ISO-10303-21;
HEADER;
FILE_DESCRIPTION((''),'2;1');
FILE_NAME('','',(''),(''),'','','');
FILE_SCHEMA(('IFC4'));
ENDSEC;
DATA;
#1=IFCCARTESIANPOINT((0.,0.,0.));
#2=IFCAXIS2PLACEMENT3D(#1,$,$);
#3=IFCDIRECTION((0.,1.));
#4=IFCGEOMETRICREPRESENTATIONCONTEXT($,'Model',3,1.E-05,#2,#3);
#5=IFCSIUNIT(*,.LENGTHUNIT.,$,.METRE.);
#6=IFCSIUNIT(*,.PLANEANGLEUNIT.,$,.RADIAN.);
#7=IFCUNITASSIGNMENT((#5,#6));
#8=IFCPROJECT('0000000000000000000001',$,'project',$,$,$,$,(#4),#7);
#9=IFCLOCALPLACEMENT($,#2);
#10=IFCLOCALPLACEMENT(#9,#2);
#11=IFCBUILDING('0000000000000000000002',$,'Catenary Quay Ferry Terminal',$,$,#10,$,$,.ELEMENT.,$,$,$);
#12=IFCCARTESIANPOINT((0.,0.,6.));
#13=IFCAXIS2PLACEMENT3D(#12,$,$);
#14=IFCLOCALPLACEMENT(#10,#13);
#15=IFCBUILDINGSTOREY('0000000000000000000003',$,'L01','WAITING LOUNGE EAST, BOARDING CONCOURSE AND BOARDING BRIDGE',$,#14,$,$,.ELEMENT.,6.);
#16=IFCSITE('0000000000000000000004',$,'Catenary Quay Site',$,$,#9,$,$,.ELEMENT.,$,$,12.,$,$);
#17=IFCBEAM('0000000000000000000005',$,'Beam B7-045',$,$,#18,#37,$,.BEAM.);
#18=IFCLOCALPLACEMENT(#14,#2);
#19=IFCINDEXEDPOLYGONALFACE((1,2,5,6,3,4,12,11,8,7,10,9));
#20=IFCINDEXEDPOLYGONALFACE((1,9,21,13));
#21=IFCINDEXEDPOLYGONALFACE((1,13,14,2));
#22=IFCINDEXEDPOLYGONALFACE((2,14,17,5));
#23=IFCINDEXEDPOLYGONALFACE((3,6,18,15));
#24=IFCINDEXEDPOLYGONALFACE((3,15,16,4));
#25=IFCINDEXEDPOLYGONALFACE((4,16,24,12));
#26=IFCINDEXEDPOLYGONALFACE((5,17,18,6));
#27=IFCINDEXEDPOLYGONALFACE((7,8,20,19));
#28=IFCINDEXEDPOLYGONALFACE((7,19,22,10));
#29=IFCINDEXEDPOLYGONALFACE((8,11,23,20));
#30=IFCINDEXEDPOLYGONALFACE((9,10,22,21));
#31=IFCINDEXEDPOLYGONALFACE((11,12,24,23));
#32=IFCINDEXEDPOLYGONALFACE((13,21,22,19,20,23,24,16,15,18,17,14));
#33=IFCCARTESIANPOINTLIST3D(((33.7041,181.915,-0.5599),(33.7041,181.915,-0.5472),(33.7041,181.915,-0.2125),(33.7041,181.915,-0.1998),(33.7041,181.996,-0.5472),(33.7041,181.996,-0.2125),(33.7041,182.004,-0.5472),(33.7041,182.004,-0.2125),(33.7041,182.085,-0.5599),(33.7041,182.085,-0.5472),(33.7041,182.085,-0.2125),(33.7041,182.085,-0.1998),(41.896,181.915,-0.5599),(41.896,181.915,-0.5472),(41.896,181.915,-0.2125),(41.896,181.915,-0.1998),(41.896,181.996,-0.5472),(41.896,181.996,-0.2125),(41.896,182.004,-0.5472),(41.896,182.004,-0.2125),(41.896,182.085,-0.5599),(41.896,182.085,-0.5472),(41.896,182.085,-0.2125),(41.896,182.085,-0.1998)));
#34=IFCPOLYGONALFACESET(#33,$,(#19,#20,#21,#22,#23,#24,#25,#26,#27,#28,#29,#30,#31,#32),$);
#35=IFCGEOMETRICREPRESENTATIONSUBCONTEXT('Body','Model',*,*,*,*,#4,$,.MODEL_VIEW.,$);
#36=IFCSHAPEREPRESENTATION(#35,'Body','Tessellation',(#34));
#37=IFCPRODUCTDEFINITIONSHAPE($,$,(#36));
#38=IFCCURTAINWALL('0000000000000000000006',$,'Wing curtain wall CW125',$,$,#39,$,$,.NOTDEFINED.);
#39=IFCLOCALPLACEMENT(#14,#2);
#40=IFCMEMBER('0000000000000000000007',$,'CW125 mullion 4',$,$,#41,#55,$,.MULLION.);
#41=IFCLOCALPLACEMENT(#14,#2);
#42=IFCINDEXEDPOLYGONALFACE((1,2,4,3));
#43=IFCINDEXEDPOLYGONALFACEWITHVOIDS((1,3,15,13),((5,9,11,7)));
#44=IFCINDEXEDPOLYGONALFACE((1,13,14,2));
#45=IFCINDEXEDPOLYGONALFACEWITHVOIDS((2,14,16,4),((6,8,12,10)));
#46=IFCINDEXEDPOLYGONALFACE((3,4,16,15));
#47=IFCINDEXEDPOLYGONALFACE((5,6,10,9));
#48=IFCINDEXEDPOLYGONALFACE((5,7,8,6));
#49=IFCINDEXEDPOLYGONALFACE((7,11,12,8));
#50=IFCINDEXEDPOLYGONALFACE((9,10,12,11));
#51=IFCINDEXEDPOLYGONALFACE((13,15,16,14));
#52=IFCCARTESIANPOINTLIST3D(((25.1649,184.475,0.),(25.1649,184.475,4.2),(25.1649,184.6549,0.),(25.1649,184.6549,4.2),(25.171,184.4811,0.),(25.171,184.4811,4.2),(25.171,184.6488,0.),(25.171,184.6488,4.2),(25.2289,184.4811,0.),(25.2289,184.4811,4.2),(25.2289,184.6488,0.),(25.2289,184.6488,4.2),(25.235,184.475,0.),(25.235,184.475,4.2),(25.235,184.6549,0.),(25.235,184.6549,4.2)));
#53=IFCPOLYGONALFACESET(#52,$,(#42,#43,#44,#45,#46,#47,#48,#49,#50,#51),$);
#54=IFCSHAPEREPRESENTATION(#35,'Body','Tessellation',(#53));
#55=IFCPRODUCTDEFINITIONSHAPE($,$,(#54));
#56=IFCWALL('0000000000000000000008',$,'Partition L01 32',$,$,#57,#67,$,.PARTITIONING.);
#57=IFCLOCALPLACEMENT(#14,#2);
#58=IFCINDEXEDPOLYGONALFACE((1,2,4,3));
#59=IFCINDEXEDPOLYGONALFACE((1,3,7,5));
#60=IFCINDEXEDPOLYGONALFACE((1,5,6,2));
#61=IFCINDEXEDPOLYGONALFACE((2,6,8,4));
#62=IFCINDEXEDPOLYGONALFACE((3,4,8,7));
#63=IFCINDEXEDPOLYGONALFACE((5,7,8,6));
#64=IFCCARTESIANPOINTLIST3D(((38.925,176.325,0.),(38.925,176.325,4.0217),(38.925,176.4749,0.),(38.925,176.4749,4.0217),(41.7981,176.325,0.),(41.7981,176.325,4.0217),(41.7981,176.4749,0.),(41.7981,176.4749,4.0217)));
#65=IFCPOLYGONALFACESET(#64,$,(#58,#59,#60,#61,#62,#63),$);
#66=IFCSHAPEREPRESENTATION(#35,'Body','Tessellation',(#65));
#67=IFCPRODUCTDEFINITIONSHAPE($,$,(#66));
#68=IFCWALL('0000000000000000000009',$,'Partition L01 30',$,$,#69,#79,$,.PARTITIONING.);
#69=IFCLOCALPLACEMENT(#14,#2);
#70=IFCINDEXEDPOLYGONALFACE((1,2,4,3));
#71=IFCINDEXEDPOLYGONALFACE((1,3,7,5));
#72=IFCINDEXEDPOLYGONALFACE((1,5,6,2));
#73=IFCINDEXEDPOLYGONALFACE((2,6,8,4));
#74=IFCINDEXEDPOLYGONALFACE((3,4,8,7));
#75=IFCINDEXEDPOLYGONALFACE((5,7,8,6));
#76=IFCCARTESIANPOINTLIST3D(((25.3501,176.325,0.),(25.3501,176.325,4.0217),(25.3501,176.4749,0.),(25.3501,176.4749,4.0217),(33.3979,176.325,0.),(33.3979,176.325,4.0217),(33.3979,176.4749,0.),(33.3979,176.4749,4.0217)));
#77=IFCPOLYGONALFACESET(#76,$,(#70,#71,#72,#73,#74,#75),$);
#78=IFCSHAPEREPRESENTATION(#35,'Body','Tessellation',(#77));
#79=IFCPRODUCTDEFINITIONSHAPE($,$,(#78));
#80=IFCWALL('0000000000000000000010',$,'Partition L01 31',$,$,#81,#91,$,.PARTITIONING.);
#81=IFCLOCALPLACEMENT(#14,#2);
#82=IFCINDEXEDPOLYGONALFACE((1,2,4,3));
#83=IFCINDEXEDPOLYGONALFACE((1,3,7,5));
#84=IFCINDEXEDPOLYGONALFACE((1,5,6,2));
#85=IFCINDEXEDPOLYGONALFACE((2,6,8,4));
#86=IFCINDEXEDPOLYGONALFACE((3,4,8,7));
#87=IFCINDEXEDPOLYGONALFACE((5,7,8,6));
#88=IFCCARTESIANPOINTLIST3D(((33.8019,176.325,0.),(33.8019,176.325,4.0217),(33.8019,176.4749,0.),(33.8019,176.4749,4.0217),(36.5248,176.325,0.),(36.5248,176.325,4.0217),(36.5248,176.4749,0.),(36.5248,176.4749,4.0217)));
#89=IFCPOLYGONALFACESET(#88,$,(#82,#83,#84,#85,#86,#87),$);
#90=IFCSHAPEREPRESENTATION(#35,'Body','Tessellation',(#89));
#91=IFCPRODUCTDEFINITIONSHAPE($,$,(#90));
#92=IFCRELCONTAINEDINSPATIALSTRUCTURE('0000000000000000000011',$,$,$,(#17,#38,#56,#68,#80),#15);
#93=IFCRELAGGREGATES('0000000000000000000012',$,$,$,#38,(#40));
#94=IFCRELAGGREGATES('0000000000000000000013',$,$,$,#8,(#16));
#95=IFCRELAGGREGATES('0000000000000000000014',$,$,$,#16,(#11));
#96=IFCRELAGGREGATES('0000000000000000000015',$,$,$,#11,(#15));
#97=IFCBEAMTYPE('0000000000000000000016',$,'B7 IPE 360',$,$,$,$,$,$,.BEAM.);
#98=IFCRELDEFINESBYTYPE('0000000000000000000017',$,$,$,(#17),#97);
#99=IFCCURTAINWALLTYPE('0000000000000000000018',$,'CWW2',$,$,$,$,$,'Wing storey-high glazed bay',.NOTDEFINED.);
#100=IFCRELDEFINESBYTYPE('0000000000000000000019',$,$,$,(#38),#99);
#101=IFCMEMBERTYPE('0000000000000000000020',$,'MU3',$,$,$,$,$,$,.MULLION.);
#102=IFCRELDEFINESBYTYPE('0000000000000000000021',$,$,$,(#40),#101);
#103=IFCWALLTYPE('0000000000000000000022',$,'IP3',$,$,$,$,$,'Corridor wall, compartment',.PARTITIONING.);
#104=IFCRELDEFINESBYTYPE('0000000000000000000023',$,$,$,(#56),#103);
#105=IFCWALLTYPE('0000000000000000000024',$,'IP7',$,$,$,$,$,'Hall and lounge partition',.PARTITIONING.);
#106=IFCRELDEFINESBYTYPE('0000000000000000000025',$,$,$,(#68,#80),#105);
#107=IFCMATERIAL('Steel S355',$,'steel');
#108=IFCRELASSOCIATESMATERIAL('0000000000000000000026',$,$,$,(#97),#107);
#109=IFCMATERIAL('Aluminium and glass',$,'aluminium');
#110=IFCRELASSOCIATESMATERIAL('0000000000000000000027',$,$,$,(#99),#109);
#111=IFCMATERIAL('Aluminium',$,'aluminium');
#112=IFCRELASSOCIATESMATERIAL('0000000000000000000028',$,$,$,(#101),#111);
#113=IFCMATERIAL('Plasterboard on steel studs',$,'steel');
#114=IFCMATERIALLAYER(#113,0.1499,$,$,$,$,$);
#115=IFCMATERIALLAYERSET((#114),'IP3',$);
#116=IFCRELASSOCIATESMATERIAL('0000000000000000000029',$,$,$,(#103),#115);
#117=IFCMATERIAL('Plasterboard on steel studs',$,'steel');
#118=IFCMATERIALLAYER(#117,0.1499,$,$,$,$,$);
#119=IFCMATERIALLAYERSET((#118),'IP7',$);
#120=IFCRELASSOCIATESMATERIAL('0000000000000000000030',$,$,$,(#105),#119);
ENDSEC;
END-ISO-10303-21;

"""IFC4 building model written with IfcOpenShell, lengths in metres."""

from ifc_helpers import new_model, si_unit, direction, frame, frame_2d, origin, origin_2d, place, context, subcontext, project, spatial, rectangle, hollow_rectangle, i_section, extrude, material, layer, layer_set, material_profile, profile_set, type_object, element, aggregate, save


model = new_model("IFC4")

# Units and contexts
model_context = context("Model", 3, precision=1e-05, world=origin(), true_north=direction((0.0, 1.0)))
body_context = subcontext(model_context, "Body", "Model", "MODEL_VIEW")
ifc_project = project(units=[si_unit("LENGTHUNIT", "METRE"), si_unit("PLANEANGLEUNIT", "RADIAN")], contexts=[model_context])

# Site, building, storey
site_placement = place(None, origin())
site = spatial("IfcSite", under=ifc_project, at=site_placement, Name="Catenary Quay Site", CompositionType="ELEMENT", RefElevation=12.0)
building_placement = place(site_placement, origin())
building = spatial("IfcBuilding", under=site, at=building_placement, Name="Catenary Quay Ferry Terminal", CompositionType="ELEMENT")
storey_placement = place(building_placement, frame((0.0, 0.0, 6.0)))
storey = spatial("IfcBuildingStorey", under=building, at=storey_placement, Name="L01", Description="WAITING LOUNGE EAST, BOARDING CONCOURSE AND BOARDING BRIDGE", CompositionType="ELEMENT", Elevation=6.0)

# Beam
ifc_material_1 = material(Name="Steel S355", Category="steel")
ifc_material_profile_1 = material_profile(ifc_material_1, i_section(OverallWidth=0.1699, OverallDepth=0.3601, WebThickness=0.0081, FlangeThickness=0.0127, at=origin_2d()), Name="IPE 360")
ifc_profile_set_1 = profile_set([ifc_material_profile_1], Name="Steel S355")
beam_type_1 = type_object("IfcBeamType", Name="B7 IPE 360", PredefinedType="BEAM", material=ifc_profile_set_1)
beam_1_placement = place(storey_placement, frame((33.7041, 182.0, -0.3799), z_axis=(1.0, 0.0, 0.0), x_axis=(0.0, 1.0, 0.0)))
element("IfcBeam", 1, at=beam_1_placement, inside=storey, type_object=beam_type_1, Name="Beam B7-045", PredefinedType="BEAM", context=body_context, shape_type="SweptSolid", body=[
    extrude(i_section(OverallWidth=0.1699, OverallDepth=0.3601, WebThickness=0.0081, FlangeThickness=0.0127, at=origin_2d()), origin(), (0.0, 0.0, 1.0), 8.1919),
])

# Curtain wall, member
ifc_material_2 = material(Name="Aluminium and glass", Category="aluminium")
curtain_wall_type = type_object("IfcCurtainWallType", Name="CWW2", ElementType="Wing storey-high glazed bay", PredefinedType="NOTDEFINED", material=ifc_material_2)
curtain_wall_placement = place(storey_placement, origin())
curtain_wall = element("IfcCurtainWall", 2, at=curtain_wall_placement, inside=storey, type_object=curtain_wall_type, Name="Wing curtain wall CW125", PredefinedType="NOTDEFINED")
ifc_material_3 = material(Name="Aluminium", Category="aluminium")
ifc_material_profile_2 = material_profile(ifc_material_3, hollow_rectangle(XDim=0.0701, YDim=0.1799, WallThickness=0.0061, at=origin_2d()), Name="MU3")
ifc_profile_set_2 = profile_set([ifc_material_profile_2], Name="Aluminium")
member_type = type_object("IfcMemberType", Name="MU3", PredefinedType="MULLION", material=ifc_profile_set_2)
member_placement = place(storey_placement, frame((25.2, 184.5649, 0.0), z_axis=(0.0, 0.0, 1.0), x_axis=(-1.0, 0.0, 0.0)))
member = element("IfcMember", 3, at=member_placement, type_object=member_type, Name="CW125 mullion 4", PredefinedType="MULLION", context=body_context, shape_type="SweptSolid", body=[
    extrude(hollow_rectangle(XDim=0.0701, YDim=0.1799, WallThickness=0.0061, at=origin_2d()), origin(), (0.0, 0.0, 1.0), 4.2),
])
aggregate(curtain_wall, [member])

# Walls
ifc_material_4 = material(Name="Plasterboard on steel studs", Category="steel")
ifc_layer_1 = layer(ifc_material_4, 0.1499)
ifc_layer_set_1 = layer_set([ifc_layer_1], Name="IP3")
wall_type_1 = type_object("IfcWallType", Name="IP3", ElementType="Corridor wall, compartment", PredefinedType="PARTITIONING", material=ifc_layer_set_1)
wall_1_placement = place(storey_placement, frame((38.925, 176.3999, 0.0), z_axis=(0.0, 0.0, 1.0), x_axis=(1.0, 0.0, 0.0)))
element("IfcWall", 4, at=wall_1_placement, inside=storey, type_object=wall_type_1, Name="Partition L01 32", PredefinedType="PARTITIONING", context=body_context, shape_type="SweptSolid", body=[
    extrude(rectangle(XDim=2.873, YDim=0.1499, at=frame_2d((1.4365, 0.0))), origin(), (0.0, 0.0, 1.0), 4.0217),
])
ifc_material_5 = material(Name="Plasterboard on steel studs", Category="steel")
ifc_layer_2 = layer(ifc_material_5, 0.1499)
ifc_layer_set_2 = layer_set([ifc_layer_2], Name="IP7")
wall_type_2 = type_object("IfcWallType", Name="IP7", ElementType="Hall and lounge partition", PredefinedType="PARTITIONING", material=ifc_layer_set_2)
wall_2_placement = place(storey_placement, frame((25.3501, 176.3999, 0.0), z_axis=(0.0, 0.0, 1.0), x_axis=(1.0, 0.0, 0.0)))
element("IfcWall", 5, at=wall_2_placement, inside=storey, type_object=wall_type_2, Name="Partition L01 30", PredefinedType="PARTITIONING", context=body_context, shape_type="SweptSolid", body=[
    extrude(rectangle(XDim=8.0479, YDim=0.1499, at=frame_2d((4.0239, 0.0))), origin(), (0.0, 0.0, 1.0), 4.0217),
])
wall_3_placement = place(storey_placement, frame((33.802, 176.3999, 0.0), z_axis=(0.0, 0.0, 1.0), x_axis=(1.0, 0.0, 0.0)))
element("IfcWall", 6, at=wall_3_placement, inside=storey, type_object=wall_type_2, Name="Partition L01 31", PredefinedType="PARTITIONING", context=body_context, shape_type="SweptSolid", body=[
    extrude(rectangle(XDim=2.7229, YDim=0.1499, at=frame_2d((1.3613, 0.0))), origin(), (0.0, 0.0, 1.0), 4.0217),
])

save(model, "model.ifc")
